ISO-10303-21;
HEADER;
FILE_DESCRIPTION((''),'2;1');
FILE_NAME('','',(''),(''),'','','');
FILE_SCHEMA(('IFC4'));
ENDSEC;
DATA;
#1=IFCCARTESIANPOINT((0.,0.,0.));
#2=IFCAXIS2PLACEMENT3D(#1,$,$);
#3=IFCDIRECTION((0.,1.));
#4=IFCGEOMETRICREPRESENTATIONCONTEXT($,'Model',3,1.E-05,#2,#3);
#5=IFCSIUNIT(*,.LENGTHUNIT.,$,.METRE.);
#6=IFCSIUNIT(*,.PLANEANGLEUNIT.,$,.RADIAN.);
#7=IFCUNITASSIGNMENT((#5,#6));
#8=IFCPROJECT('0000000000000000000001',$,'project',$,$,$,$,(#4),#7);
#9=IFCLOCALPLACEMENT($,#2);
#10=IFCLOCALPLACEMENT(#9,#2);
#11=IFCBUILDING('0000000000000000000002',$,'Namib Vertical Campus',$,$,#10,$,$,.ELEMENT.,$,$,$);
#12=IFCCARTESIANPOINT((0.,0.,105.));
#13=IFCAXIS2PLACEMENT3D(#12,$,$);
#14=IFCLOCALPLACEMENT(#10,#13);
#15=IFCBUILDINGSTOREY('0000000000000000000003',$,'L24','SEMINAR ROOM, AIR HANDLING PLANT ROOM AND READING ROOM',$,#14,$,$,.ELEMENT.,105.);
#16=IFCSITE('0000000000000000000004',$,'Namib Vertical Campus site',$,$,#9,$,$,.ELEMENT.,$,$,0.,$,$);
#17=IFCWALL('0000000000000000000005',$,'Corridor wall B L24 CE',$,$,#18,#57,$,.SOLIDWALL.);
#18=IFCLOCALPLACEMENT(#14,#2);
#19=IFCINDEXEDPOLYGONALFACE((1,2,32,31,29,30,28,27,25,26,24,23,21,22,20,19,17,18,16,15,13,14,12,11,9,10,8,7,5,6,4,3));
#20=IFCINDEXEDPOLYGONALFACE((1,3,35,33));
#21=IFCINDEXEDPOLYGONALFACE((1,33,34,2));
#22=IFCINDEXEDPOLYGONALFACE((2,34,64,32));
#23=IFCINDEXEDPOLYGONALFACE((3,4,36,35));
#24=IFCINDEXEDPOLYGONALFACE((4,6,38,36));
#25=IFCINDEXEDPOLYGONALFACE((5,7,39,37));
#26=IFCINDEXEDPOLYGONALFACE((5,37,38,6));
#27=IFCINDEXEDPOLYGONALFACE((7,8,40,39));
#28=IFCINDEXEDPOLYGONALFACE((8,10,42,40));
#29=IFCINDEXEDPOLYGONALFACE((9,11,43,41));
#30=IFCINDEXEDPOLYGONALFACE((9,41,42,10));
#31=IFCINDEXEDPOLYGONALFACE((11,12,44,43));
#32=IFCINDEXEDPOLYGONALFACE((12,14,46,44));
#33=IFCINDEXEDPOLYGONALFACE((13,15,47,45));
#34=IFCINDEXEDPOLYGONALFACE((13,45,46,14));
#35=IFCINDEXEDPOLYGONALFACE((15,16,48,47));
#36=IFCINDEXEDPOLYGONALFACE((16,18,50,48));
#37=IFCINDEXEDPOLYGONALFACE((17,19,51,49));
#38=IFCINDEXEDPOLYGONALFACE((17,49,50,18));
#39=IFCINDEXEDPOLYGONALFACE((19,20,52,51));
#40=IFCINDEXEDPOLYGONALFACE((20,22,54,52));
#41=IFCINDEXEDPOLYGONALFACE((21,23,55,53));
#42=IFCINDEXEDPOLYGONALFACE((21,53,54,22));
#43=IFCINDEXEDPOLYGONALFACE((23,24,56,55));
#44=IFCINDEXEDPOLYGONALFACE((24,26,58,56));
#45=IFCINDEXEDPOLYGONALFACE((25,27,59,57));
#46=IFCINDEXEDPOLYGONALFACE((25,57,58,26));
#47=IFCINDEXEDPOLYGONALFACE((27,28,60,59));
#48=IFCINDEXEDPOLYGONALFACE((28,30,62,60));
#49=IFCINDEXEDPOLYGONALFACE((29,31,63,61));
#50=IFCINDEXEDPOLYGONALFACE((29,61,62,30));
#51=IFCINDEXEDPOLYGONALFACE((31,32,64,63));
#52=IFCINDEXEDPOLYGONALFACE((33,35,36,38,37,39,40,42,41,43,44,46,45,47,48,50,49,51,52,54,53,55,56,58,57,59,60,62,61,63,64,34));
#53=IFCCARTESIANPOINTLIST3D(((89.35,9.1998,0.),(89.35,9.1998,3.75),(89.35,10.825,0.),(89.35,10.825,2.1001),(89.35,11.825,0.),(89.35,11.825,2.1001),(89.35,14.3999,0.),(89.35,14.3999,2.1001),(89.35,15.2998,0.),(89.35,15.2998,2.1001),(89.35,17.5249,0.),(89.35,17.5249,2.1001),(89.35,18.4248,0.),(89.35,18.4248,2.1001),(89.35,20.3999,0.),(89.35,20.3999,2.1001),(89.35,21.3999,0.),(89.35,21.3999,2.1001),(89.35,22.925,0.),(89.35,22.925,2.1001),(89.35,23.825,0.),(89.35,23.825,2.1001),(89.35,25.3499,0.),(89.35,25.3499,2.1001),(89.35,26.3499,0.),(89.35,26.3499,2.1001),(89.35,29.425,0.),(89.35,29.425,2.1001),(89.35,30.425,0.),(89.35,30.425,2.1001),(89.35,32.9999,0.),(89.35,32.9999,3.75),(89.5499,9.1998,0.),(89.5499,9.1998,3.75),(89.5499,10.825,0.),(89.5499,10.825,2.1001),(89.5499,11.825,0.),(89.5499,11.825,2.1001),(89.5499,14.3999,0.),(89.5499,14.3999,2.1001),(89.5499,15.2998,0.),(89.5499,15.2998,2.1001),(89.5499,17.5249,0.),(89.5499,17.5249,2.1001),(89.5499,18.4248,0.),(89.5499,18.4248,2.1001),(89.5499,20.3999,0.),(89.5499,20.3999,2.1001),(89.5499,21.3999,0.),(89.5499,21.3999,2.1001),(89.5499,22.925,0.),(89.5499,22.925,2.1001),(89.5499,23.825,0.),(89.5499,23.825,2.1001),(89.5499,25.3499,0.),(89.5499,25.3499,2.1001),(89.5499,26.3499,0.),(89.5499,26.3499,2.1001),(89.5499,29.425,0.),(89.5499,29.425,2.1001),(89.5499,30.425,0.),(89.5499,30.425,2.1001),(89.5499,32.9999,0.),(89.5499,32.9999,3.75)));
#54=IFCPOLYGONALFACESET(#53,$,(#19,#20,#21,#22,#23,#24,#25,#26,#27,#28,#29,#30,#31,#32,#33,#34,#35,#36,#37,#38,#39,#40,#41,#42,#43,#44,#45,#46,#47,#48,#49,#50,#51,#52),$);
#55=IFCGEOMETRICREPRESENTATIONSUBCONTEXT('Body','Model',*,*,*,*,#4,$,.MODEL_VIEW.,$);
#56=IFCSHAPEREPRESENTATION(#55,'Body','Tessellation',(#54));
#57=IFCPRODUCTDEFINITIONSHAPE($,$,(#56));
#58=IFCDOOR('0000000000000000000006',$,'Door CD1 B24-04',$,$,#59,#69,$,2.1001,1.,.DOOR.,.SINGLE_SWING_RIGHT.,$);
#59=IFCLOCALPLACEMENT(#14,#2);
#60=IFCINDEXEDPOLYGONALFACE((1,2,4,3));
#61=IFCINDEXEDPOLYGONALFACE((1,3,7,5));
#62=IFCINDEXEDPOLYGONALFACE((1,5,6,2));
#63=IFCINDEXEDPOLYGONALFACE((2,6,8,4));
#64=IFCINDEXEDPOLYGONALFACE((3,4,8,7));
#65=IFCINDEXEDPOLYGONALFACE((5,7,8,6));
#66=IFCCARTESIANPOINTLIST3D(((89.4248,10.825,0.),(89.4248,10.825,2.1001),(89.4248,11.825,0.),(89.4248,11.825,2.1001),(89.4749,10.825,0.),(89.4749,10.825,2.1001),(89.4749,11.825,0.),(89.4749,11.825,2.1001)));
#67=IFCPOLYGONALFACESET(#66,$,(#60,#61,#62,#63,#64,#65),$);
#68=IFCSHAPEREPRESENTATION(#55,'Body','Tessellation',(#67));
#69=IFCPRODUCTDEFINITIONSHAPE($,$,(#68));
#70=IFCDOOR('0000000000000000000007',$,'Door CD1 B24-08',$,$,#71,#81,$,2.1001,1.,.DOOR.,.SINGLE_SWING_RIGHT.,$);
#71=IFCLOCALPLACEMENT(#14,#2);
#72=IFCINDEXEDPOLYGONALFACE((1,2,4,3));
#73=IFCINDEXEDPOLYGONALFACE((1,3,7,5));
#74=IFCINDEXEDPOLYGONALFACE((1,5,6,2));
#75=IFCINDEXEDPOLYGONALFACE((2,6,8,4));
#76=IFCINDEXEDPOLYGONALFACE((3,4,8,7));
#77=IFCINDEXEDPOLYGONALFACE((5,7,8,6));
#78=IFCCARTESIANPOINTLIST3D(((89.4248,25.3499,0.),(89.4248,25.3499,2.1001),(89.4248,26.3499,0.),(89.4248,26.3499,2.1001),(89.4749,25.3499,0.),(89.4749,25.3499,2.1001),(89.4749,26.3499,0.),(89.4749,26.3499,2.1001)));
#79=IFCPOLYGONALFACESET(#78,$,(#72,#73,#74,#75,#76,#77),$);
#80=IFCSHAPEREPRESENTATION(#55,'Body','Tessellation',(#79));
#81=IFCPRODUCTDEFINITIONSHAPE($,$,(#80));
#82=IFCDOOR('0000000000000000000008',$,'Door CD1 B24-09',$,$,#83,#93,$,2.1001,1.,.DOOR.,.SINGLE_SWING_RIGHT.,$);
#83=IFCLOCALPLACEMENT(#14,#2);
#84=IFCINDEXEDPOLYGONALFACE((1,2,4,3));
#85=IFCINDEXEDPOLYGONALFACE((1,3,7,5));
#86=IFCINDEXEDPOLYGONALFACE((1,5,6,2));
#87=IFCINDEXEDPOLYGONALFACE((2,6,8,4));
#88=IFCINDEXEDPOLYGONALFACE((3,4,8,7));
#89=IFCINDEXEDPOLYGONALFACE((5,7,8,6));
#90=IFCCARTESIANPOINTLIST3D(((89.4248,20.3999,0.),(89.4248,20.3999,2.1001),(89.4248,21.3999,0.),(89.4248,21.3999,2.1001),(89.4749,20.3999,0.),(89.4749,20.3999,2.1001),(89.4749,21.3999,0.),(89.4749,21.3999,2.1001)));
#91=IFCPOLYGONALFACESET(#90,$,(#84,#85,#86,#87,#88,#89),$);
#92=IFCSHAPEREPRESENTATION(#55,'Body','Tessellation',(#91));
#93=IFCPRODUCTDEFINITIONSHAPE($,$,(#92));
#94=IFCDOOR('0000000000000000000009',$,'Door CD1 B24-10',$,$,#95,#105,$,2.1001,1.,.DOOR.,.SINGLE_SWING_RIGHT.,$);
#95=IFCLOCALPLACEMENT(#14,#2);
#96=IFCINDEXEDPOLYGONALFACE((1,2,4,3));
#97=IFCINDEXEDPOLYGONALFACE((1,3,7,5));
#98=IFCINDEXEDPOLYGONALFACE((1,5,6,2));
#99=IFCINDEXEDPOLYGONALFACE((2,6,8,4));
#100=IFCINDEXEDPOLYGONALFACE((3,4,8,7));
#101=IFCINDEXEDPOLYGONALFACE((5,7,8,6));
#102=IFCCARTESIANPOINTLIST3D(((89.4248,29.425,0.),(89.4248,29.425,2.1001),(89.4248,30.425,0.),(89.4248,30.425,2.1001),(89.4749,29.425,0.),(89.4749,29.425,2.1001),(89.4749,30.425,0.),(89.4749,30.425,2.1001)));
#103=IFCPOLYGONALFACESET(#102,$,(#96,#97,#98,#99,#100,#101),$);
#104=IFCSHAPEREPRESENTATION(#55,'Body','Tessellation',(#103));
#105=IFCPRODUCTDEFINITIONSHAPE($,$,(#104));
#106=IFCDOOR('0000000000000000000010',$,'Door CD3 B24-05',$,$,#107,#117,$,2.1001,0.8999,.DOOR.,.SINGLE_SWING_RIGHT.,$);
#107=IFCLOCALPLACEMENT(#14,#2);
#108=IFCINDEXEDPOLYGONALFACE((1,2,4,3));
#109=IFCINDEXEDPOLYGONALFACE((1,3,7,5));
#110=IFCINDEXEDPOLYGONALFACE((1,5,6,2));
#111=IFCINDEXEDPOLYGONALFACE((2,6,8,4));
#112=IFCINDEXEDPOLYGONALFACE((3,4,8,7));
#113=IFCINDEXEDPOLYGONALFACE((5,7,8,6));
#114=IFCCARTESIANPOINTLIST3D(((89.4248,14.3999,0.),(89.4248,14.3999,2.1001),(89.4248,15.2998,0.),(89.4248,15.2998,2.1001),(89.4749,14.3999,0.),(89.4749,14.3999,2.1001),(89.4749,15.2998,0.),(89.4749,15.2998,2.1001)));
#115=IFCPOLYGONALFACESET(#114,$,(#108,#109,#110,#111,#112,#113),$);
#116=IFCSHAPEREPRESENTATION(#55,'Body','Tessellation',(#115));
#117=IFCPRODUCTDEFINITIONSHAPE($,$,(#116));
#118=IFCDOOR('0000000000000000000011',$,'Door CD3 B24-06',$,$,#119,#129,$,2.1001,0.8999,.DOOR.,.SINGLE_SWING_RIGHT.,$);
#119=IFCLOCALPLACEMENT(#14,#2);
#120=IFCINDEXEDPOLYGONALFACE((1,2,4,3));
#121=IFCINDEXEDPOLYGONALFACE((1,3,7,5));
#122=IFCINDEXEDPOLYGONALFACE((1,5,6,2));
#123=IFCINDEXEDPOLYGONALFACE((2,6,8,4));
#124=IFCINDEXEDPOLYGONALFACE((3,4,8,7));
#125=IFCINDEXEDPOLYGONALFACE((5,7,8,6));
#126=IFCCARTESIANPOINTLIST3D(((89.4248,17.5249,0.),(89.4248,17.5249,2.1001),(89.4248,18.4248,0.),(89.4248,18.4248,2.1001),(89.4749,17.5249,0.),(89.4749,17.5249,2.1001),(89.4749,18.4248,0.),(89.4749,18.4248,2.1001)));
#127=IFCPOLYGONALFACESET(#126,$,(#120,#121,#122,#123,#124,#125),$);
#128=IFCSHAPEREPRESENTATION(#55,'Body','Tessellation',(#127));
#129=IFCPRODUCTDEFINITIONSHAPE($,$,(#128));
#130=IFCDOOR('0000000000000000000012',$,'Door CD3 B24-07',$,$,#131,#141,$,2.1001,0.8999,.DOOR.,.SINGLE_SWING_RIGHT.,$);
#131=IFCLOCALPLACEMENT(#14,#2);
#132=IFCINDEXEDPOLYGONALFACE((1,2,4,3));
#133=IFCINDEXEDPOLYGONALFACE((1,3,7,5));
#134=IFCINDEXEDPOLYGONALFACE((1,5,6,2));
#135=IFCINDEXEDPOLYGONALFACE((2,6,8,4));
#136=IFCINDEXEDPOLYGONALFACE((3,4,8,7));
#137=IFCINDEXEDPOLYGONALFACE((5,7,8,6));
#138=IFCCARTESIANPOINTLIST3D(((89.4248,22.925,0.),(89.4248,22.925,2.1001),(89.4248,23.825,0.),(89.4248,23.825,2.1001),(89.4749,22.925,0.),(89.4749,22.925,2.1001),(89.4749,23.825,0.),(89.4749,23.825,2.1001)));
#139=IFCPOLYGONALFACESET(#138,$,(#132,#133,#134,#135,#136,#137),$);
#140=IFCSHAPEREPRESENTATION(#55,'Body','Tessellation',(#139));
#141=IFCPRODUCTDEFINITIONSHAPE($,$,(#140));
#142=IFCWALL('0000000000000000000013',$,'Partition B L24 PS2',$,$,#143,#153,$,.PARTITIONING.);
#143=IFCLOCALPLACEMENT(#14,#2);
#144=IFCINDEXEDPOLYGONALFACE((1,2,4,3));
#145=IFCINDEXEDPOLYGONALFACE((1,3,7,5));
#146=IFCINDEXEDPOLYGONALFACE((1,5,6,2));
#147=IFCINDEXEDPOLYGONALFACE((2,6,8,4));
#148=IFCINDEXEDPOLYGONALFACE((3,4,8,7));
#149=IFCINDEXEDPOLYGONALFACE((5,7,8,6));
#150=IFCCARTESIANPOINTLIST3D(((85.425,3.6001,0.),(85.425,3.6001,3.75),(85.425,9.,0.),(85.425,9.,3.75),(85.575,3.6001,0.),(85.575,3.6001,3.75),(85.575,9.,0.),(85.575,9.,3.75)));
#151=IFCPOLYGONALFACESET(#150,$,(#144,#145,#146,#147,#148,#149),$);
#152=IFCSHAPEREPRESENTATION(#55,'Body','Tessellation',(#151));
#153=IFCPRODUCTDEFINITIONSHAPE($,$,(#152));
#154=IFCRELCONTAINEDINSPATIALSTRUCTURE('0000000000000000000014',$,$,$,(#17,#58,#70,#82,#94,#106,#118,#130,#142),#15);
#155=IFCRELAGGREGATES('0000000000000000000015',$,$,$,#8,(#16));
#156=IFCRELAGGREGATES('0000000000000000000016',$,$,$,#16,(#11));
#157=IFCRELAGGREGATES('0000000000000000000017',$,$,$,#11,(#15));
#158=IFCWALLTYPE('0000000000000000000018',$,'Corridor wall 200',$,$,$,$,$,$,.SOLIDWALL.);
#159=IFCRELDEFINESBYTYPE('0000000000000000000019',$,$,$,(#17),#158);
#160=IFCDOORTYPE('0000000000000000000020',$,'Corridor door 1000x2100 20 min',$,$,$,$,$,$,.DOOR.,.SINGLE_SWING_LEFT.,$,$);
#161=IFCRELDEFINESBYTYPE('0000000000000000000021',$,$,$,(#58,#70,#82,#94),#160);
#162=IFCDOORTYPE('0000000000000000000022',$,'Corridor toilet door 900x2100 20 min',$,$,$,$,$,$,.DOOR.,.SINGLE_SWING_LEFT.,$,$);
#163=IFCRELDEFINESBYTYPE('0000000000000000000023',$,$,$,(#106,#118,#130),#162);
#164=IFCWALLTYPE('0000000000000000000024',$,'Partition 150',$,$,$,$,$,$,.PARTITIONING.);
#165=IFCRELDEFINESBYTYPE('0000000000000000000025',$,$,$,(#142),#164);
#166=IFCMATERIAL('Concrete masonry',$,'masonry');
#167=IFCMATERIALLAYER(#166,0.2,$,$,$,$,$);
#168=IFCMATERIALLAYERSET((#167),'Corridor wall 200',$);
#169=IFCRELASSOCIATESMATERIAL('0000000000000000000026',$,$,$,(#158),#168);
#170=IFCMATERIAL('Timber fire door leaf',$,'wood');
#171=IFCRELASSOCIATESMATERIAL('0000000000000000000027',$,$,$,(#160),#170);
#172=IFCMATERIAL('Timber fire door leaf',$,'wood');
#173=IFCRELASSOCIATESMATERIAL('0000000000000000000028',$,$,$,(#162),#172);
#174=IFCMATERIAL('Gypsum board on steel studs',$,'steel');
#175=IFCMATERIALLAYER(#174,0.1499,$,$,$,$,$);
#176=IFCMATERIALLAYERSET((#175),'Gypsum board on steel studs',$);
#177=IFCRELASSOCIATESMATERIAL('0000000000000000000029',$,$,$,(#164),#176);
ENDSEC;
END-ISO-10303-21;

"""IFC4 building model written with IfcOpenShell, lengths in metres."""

from ifc_helpers import new_model, si_unit, direction, frame, frame_2d, origin, place, context, subcontext, project, spatial, rectangle, extrude, material, layer, layer_set, type_object, element, fill, save


model = new_model("IFC4")

# Units and contexts
model_context = context("Model", 3, precision=1e-05, world=origin(), true_north=direction((0.0, 1.0)))
body_context = subcontext(model_context, "Body", "Model", "MODEL_VIEW")
ifc_project = project(units=[si_unit("LENGTHUNIT", "METRE"), si_unit("PLANEANGLEUNIT", "RADIAN")], contexts=[model_context])

# Site, building, storey
site_placement = place(None, origin())
site = spatial("IfcSite", under=ifc_project, at=site_placement, Name="Namib Vertical Campus site", CompositionType="ELEMENT", RefElevation=0.0)
building_placement = place(site_placement, origin())
building = spatial("IfcBuilding", under=site, at=building_placement, Name="Namib Vertical Campus", CompositionType="ELEMENT")
storey_placement = place(building_placement, frame((0.0, 0.0, 105.0)))
storey = spatial("IfcBuildingStorey", under=building, at=storey_placement, Name="L24", Description="SEMINAR ROOM, AIR HANDLING PLANT ROOM AND READING ROOM", CompositionType="ELEMENT", Elevation=105.0)

# Wall, openings, doors
ifc_material_1 = material(Name="Concrete masonry", Category="masonry")
ifc_layer_1 = layer(ifc_material_1, 0.2)
ifc_layer_set_1 = layer_set([ifc_layer_1], Name="Corridor wall 200")
wall_type_1 = type_object("IfcWallType", Name="Corridor wall 200", PredefinedType="SOLIDWALL", material=ifc_layer_set_1)
wall_1_placement = place(storey_placement, frame((89.45, 9.2, 0.0), z_axis=(0.0, 0.0, 1.0), x_axis=(0.0, 1.0, 0.0)))
wall_1 = element("IfcWall", 1, at=wall_1_placement, inside=storey, type_object=wall_type_1, Name="Corridor wall B L24 CE", PredefinedType="SOLIDWALL", context=body_context, shape_type="SweptSolid", body=[
    extrude(rectangle(XDim=23.8, YDim=0.2, at=frame_2d((11.8999, 0.0))), origin(), (0.0, 0.0, 1.0), 3.75),
])
opening_1_placement = place(wall_1_placement, frame((1.625, 0.0, 0.0)))
opening_1 = element("IfcOpeningElement", 2, at=opening_1_placement, cuts=wall_1, PredefinedType="OPENING", context=body_context, shape_type="SweptSolid", body=[
    extrude(rectangle(XDim=1.0, YDim=2.1001, at=frame_2d((0.5, 1.05))), frame((0.0, 0.1099, 0.0), z_axis=(0.0, -1.0, 0.0), x_axis=(1.0, 0.0, 0.0)), (0.0, 0.0, 1.0), 0.22),
])
opening_2_placement = place(wall_1_placement, frame((5.2, 0.0, 0.0)))
opening_2 = element("IfcOpeningElement", 3, at=opening_2_placement, cuts=wall_1, PredefinedType="OPENING", context=body_context, shape_type="SweptSolid", body=[
    extrude(rectangle(XDim=0.8999, YDim=2.1001, at=frame_2d((0.45, 1.05))), frame((0.0, 0.1099, 0.0), z_axis=(0.0, -1.0, 0.0), x_axis=(1.0, 0.0, 0.0)), (0.0, 0.0, 1.0), 0.22),
])
opening_3_placement = place(wall_1_placement, frame((8.325, 0.0, 0.0)))
opening_3 = element("IfcOpeningElement", 4, at=opening_3_placement, cuts=wall_1, PredefinedType="OPENING", context=body_context, shape_type="SweptSolid", body=[
    extrude(rectangle(XDim=0.8999, YDim=2.1001, at=frame_2d((0.45, 1.05))), frame((0.0, 0.1099, 0.0), z_axis=(0.0, -1.0, 0.0), x_axis=(1.0, 0.0, 0.0)), (0.0, 0.0, 1.0), 0.22),
])
opening_4_placement = place(wall_1_placement, frame((13.7251, 0.0, 0.0)))
opening_4 = element("IfcOpeningElement", 5, at=opening_4_placement, cuts=wall_1, PredefinedType="OPENING", context=body_context, shape_type="SweptSolid", body=[
    extrude(rectangle(XDim=0.8999, YDim=2.1001, at=frame_2d((0.45, 1.05))), frame((0.0, 0.1099, 0.0), z_axis=(0.0, -1.0, 0.0), x_axis=(1.0, 0.0, 0.0)), (0.0, 0.0, 1.0), 0.22),
])
opening_5_placement = place(wall_1_placement, frame((16.1499, 0.0, 0.0)))
opening_5 = element("IfcOpeningElement", 6, at=opening_5_placement, cuts=wall_1, PredefinedType="OPENING", context=body_context, shape_type="SweptSolid", body=[
    extrude(rectangle(XDim=1.0, YDim=2.1001, at=frame_2d((0.5, 1.05))), frame((0.0, 0.1099, 0.0), z_axis=(0.0, -1.0, 0.0), x_axis=(1.0, 0.0, 0.0)), (0.0, 0.0, 1.0), 0.22),
])
opening_6_placement = place(wall_1_placement, frame((11.2, 0.0, 0.0)))
opening_6 = element("IfcOpeningElement", 7, at=opening_6_placement, cuts=wall_1, PredefinedType="OPENING", context=body_context, shape_type="SweptSolid", body=[
    extrude(rectangle(XDim=1.0, YDim=2.1001, at=frame_2d((0.5, 1.05))), frame((0.0, 0.1099, 0.0), z_axis=(0.0, -1.0, 0.0), x_axis=(1.0, 0.0, 0.0)), (0.0, 0.0, 1.0), 0.22),
])
opening_7_placement = place(wall_1_placement, frame((20.2251, 0.0, 0.0)))
opening_7 = element("IfcOpeningElement", 8, at=opening_7_placement, cuts=wall_1, PredefinedType="OPENING", context=body_context, shape_type="SweptSolid", body=[
    extrude(rectangle(XDim=1.0, YDim=2.1001, at=frame_2d((0.5, 1.05))), frame((0.0, 0.1099, 0.0), z_axis=(0.0, -1.0, 0.0), x_axis=(1.0, 0.0, 0.0)), (0.0, 0.0, 1.0), 0.22),
])
ifc_material_2 = material(Name="Timber fire door leaf", Category="wood")
door_type_1 = type_object("IfcDoorType", Name="Corridor door 1000x2100 20 min", OperationType="SINGLE_SWING_LEFT", PredefinedType="DOOR", material=ifc_material_2)
door_1_placement = place(opening_1_placement, frame((1.0, 0.0, 0.0), z_axis=(0.0, 0.0, 1.0), x_axis=(-1.0, 0.0, 0.0)))
door_1 = element("IfcDoor", 9, at=door_1_placement, inside=storey, type_object=door_type_1, Name="Door CD1 B24-04", OperationType="SINGLE_SWING_RIGHT", OverallHeight=2.1001, OverallWidth=1.0, PredefinedType="DOOR", context=body_context, shape_type="SweptSolid", body=[
    extrude(rectangle(XDim=1.0, YDim=2.1001, at=frame_2d((0.5, 1.05))), frame((0.0, 0.0249, 0.0), z_axis=(0.0, -1.0, 0.0), x_axis=(1.0, 0.0, 0.0)), (0.0, 0.0, 1.0), 0.05),
])
fill(opening_1, door_1)
door_2_placement = place(opening_5_placement, frame((1.0, 0.0, 0.0), z_axis=(0.0, 0.0, 1.0), x_axis=(-1.0, 0.0, 0.0)))
door_2 = element("IfcDoor", 10, at=door_2_placement, inside=storey, type_object=door_type_1, Name="Door CD1 B24-08", OperationType="SINGLE_SWING_RIGHT", OverallHeight=2.1001, OverallWidth=1.0, PredefinedType="DOOR", context=body_context, shape_type="SweptSolid", body=[
    extrude(rectangle(XDim=1.0, YDim=2.1001, at=frame_2d((0.5, 1.05))), frame((0.0, 0.0249, 0.0), z_axis=(0.0, -1.0, 0.0), x_axis=(1.0, 0.0, 0.0)), (0.0, 0.0, 1.0), 0.05),
])
fill(opening_5, door_2)
door_3_placement = place(opening_6_placement, frame((1.0, 0.0, 0.0), z_axis=(0.0, 0.0, 1.0), x_axis=(-1.0, 0.0, 0.0)))
door_3 = element("IfcDoor", 11, at=door_3_placement, inside=storey, type_object=door_type_1, Name="Door CD1 B24-09", OperationType="SINGLE_SWING_RIGHT", OverallHeight=2.1001, OverallWidth=1.0, PredefinedType="DOOR", context=body_context, shape_type="SweptSolid", body=[
    extrude(rectangle(XDim=1.0, YDim=2.1001, at=frame_2d((0.5, 1.05))), frame((0.0, 0.0249, 0.0), z_axis=(0.0, -1.0, 0.0), x_axis=(1.0, 0.0, 0.0)), (0.0, 0.0, 1.0), 0.05),
])
fill(opening_6, door_3)
door_4_placement = place(opening_7_placement, frame((1.0, 0.0, 0.0), z_axis=(0.0, 0.0, 1.0), x_axis=(-1.0, 0.0, 0.0)))
door_4 = element("IfcDoor", 12, at=door_4_placement, inside=storey, type_object=door_type_1, Name="Door CD1 B24-10", OperationType="SINGLE_SWING_RIGHT", OverallHeight=2.1001, OverallWidth=1.0, PredefinedType="DOOR", context=body_context, shape_type="SweptSolid", body=[
    extrude(rectangle(XDim=1.0, YDim=2.1001, at=frame_2d((0.5, 1.05))), frame((0.0, 0.0249, 0.0), z_axis=(0.0, -1.0, 0.0), x_axis=(1.0, 0.0, 0.0)), (0.0, 0.0, 1.0), 0.05),
])
fill(opening_7, door_4)
ifc_material_3 = material(Name="Timber fire door leaf", Category="wood")
door_type_2 = type_object("IfcDoorType", Name="Corridor toilet door 900x2100 20 min", OperationType="SINGLE_SWING_LEFT", PredefinedType="DOOR", material=ifc_material_3)
door_5_placement = place(opening_2_placement, frame((0.8999, 0.0, 0.0), z_axis=(0.0, 0.0, 1.0), x_axis=(-1.0, 0.0, 0.0)))
door_5 = element("IfcDoor", 13, at=door_5_placement, inside=storey, type_object=door_type_2, Name="Door CD3 B24-05", OperationType="SINGLE_SWING_RIGHT", OverallHeight=2.1001, OverallWidth=0.8999, PredefinedType="DOOR", context=body_context, shape_type="SweptSolid", body=[
    extrude(rectangle(XDim=0.8999, YDim=2.1001, at=frame_2d((0.45, 1.05))), frame((0.0, 0.0249, 0.0), z_axis=(0.0, -1.0, 0.0), x_axis=(1.0, 0.0, 0.0)), (0.0, 0.0, 1.0), 0.05),
])
fill(opening_2, door_5)
door_6_placement = place(opening_3_placement, frame((0.8999, 0.0, 0.0), z_axis=(0.0, 0.0, 1.0), x_axis=(-1.0, 0.0, 0.0)))
door_6 = element("IfcDoor", 14, at=door_6_placement, inside=storey, type_object=door_type_2, Name="Door CD3 B24-06", OperationType="SINGLE_SWING_RIGHT", OverallHeight=2.1001, OverallWidth=0.8999, PredefinedType="DOOR", context=body_context, shape_type="SweptSolid", body=[
    extrude(rectangle(XDim=0.8999, YDim=2.1001, at=frame_2d((0.45, 1.05))), frame((0.0, 0.0249, 0.0), z_axis=(0.0, -1.0, 0.0), x_axis=(1.0, 0.0, 0.0)), (0.0, 0.0, 1.0), 0.05),
])
fill(opening_3, door_6)
door_7_placement = place(opening_4_placement, frame((0.8999, 0.0, 0.0), z_axis=(0.0, 0.0, 1.0), x_axis=(-1.0, 0.0, 0.0)))
door_7 = element("IfcDoor", 15, at=door_7_placement, inside=storey, type_object=door_type_2, Name="Door CD3 B24-07", OperationType="SINGLE_SWING_RIGHT", OverallHeight=2.1001, OverallWidth=0.8999, PredefinedType="DOOR", context=body_context, shape_type="SweptSolid", body=[
    extrude(rectangle(XDim=0.8999, YDim=2.1001, at=frame_2d((0.45, 1.05))), frame((0.0, 0.0249, 0.0), z_axis=(0.0, -1.0, 0.0), x_axis=(1.0, 0.0, 0.0)), (0.0, 0.0, 1.0), 0.05),
])
fill(opening_4, door_7)

# Wall
ifc_material_4 = material(Name="Gypsum board on steel studs", Category="steel")
ifc_layer_2 = layer(ifc_material_4, 0.1499)
ifc_layer_set_2 = layer_set([ifc_layer_2], Name="Gypsum board on steel studs")
wall_type_2 = type_object("IfcWallType", Name="Partition 150", PredefinedType="PARTITIONING", material=ifc_layer_set_2)
wall_2_placement = place(storey_placement, frame((85.5, 3.6001, 0.0), z_axis=(0.0, 0.0, 1.0), x_axis=(0.0, 1.0, 0.0)))
element("IfcWall", 16, at=wall_2_placement, inside=storey, type_object=wall_type_2, Name="Partition B L24 PS2", PredefinedType="PARTITIONING", context=body_context, shape_type="SweptSolid", body=[
    extrude(rectangle(XDim=5.3999, YDim=0.1499, at=frame_2d((2.7, 0.0))), origin(), (0.0, 0.0, 1.0), 3.75),
])

save(model, "model.ifc")
